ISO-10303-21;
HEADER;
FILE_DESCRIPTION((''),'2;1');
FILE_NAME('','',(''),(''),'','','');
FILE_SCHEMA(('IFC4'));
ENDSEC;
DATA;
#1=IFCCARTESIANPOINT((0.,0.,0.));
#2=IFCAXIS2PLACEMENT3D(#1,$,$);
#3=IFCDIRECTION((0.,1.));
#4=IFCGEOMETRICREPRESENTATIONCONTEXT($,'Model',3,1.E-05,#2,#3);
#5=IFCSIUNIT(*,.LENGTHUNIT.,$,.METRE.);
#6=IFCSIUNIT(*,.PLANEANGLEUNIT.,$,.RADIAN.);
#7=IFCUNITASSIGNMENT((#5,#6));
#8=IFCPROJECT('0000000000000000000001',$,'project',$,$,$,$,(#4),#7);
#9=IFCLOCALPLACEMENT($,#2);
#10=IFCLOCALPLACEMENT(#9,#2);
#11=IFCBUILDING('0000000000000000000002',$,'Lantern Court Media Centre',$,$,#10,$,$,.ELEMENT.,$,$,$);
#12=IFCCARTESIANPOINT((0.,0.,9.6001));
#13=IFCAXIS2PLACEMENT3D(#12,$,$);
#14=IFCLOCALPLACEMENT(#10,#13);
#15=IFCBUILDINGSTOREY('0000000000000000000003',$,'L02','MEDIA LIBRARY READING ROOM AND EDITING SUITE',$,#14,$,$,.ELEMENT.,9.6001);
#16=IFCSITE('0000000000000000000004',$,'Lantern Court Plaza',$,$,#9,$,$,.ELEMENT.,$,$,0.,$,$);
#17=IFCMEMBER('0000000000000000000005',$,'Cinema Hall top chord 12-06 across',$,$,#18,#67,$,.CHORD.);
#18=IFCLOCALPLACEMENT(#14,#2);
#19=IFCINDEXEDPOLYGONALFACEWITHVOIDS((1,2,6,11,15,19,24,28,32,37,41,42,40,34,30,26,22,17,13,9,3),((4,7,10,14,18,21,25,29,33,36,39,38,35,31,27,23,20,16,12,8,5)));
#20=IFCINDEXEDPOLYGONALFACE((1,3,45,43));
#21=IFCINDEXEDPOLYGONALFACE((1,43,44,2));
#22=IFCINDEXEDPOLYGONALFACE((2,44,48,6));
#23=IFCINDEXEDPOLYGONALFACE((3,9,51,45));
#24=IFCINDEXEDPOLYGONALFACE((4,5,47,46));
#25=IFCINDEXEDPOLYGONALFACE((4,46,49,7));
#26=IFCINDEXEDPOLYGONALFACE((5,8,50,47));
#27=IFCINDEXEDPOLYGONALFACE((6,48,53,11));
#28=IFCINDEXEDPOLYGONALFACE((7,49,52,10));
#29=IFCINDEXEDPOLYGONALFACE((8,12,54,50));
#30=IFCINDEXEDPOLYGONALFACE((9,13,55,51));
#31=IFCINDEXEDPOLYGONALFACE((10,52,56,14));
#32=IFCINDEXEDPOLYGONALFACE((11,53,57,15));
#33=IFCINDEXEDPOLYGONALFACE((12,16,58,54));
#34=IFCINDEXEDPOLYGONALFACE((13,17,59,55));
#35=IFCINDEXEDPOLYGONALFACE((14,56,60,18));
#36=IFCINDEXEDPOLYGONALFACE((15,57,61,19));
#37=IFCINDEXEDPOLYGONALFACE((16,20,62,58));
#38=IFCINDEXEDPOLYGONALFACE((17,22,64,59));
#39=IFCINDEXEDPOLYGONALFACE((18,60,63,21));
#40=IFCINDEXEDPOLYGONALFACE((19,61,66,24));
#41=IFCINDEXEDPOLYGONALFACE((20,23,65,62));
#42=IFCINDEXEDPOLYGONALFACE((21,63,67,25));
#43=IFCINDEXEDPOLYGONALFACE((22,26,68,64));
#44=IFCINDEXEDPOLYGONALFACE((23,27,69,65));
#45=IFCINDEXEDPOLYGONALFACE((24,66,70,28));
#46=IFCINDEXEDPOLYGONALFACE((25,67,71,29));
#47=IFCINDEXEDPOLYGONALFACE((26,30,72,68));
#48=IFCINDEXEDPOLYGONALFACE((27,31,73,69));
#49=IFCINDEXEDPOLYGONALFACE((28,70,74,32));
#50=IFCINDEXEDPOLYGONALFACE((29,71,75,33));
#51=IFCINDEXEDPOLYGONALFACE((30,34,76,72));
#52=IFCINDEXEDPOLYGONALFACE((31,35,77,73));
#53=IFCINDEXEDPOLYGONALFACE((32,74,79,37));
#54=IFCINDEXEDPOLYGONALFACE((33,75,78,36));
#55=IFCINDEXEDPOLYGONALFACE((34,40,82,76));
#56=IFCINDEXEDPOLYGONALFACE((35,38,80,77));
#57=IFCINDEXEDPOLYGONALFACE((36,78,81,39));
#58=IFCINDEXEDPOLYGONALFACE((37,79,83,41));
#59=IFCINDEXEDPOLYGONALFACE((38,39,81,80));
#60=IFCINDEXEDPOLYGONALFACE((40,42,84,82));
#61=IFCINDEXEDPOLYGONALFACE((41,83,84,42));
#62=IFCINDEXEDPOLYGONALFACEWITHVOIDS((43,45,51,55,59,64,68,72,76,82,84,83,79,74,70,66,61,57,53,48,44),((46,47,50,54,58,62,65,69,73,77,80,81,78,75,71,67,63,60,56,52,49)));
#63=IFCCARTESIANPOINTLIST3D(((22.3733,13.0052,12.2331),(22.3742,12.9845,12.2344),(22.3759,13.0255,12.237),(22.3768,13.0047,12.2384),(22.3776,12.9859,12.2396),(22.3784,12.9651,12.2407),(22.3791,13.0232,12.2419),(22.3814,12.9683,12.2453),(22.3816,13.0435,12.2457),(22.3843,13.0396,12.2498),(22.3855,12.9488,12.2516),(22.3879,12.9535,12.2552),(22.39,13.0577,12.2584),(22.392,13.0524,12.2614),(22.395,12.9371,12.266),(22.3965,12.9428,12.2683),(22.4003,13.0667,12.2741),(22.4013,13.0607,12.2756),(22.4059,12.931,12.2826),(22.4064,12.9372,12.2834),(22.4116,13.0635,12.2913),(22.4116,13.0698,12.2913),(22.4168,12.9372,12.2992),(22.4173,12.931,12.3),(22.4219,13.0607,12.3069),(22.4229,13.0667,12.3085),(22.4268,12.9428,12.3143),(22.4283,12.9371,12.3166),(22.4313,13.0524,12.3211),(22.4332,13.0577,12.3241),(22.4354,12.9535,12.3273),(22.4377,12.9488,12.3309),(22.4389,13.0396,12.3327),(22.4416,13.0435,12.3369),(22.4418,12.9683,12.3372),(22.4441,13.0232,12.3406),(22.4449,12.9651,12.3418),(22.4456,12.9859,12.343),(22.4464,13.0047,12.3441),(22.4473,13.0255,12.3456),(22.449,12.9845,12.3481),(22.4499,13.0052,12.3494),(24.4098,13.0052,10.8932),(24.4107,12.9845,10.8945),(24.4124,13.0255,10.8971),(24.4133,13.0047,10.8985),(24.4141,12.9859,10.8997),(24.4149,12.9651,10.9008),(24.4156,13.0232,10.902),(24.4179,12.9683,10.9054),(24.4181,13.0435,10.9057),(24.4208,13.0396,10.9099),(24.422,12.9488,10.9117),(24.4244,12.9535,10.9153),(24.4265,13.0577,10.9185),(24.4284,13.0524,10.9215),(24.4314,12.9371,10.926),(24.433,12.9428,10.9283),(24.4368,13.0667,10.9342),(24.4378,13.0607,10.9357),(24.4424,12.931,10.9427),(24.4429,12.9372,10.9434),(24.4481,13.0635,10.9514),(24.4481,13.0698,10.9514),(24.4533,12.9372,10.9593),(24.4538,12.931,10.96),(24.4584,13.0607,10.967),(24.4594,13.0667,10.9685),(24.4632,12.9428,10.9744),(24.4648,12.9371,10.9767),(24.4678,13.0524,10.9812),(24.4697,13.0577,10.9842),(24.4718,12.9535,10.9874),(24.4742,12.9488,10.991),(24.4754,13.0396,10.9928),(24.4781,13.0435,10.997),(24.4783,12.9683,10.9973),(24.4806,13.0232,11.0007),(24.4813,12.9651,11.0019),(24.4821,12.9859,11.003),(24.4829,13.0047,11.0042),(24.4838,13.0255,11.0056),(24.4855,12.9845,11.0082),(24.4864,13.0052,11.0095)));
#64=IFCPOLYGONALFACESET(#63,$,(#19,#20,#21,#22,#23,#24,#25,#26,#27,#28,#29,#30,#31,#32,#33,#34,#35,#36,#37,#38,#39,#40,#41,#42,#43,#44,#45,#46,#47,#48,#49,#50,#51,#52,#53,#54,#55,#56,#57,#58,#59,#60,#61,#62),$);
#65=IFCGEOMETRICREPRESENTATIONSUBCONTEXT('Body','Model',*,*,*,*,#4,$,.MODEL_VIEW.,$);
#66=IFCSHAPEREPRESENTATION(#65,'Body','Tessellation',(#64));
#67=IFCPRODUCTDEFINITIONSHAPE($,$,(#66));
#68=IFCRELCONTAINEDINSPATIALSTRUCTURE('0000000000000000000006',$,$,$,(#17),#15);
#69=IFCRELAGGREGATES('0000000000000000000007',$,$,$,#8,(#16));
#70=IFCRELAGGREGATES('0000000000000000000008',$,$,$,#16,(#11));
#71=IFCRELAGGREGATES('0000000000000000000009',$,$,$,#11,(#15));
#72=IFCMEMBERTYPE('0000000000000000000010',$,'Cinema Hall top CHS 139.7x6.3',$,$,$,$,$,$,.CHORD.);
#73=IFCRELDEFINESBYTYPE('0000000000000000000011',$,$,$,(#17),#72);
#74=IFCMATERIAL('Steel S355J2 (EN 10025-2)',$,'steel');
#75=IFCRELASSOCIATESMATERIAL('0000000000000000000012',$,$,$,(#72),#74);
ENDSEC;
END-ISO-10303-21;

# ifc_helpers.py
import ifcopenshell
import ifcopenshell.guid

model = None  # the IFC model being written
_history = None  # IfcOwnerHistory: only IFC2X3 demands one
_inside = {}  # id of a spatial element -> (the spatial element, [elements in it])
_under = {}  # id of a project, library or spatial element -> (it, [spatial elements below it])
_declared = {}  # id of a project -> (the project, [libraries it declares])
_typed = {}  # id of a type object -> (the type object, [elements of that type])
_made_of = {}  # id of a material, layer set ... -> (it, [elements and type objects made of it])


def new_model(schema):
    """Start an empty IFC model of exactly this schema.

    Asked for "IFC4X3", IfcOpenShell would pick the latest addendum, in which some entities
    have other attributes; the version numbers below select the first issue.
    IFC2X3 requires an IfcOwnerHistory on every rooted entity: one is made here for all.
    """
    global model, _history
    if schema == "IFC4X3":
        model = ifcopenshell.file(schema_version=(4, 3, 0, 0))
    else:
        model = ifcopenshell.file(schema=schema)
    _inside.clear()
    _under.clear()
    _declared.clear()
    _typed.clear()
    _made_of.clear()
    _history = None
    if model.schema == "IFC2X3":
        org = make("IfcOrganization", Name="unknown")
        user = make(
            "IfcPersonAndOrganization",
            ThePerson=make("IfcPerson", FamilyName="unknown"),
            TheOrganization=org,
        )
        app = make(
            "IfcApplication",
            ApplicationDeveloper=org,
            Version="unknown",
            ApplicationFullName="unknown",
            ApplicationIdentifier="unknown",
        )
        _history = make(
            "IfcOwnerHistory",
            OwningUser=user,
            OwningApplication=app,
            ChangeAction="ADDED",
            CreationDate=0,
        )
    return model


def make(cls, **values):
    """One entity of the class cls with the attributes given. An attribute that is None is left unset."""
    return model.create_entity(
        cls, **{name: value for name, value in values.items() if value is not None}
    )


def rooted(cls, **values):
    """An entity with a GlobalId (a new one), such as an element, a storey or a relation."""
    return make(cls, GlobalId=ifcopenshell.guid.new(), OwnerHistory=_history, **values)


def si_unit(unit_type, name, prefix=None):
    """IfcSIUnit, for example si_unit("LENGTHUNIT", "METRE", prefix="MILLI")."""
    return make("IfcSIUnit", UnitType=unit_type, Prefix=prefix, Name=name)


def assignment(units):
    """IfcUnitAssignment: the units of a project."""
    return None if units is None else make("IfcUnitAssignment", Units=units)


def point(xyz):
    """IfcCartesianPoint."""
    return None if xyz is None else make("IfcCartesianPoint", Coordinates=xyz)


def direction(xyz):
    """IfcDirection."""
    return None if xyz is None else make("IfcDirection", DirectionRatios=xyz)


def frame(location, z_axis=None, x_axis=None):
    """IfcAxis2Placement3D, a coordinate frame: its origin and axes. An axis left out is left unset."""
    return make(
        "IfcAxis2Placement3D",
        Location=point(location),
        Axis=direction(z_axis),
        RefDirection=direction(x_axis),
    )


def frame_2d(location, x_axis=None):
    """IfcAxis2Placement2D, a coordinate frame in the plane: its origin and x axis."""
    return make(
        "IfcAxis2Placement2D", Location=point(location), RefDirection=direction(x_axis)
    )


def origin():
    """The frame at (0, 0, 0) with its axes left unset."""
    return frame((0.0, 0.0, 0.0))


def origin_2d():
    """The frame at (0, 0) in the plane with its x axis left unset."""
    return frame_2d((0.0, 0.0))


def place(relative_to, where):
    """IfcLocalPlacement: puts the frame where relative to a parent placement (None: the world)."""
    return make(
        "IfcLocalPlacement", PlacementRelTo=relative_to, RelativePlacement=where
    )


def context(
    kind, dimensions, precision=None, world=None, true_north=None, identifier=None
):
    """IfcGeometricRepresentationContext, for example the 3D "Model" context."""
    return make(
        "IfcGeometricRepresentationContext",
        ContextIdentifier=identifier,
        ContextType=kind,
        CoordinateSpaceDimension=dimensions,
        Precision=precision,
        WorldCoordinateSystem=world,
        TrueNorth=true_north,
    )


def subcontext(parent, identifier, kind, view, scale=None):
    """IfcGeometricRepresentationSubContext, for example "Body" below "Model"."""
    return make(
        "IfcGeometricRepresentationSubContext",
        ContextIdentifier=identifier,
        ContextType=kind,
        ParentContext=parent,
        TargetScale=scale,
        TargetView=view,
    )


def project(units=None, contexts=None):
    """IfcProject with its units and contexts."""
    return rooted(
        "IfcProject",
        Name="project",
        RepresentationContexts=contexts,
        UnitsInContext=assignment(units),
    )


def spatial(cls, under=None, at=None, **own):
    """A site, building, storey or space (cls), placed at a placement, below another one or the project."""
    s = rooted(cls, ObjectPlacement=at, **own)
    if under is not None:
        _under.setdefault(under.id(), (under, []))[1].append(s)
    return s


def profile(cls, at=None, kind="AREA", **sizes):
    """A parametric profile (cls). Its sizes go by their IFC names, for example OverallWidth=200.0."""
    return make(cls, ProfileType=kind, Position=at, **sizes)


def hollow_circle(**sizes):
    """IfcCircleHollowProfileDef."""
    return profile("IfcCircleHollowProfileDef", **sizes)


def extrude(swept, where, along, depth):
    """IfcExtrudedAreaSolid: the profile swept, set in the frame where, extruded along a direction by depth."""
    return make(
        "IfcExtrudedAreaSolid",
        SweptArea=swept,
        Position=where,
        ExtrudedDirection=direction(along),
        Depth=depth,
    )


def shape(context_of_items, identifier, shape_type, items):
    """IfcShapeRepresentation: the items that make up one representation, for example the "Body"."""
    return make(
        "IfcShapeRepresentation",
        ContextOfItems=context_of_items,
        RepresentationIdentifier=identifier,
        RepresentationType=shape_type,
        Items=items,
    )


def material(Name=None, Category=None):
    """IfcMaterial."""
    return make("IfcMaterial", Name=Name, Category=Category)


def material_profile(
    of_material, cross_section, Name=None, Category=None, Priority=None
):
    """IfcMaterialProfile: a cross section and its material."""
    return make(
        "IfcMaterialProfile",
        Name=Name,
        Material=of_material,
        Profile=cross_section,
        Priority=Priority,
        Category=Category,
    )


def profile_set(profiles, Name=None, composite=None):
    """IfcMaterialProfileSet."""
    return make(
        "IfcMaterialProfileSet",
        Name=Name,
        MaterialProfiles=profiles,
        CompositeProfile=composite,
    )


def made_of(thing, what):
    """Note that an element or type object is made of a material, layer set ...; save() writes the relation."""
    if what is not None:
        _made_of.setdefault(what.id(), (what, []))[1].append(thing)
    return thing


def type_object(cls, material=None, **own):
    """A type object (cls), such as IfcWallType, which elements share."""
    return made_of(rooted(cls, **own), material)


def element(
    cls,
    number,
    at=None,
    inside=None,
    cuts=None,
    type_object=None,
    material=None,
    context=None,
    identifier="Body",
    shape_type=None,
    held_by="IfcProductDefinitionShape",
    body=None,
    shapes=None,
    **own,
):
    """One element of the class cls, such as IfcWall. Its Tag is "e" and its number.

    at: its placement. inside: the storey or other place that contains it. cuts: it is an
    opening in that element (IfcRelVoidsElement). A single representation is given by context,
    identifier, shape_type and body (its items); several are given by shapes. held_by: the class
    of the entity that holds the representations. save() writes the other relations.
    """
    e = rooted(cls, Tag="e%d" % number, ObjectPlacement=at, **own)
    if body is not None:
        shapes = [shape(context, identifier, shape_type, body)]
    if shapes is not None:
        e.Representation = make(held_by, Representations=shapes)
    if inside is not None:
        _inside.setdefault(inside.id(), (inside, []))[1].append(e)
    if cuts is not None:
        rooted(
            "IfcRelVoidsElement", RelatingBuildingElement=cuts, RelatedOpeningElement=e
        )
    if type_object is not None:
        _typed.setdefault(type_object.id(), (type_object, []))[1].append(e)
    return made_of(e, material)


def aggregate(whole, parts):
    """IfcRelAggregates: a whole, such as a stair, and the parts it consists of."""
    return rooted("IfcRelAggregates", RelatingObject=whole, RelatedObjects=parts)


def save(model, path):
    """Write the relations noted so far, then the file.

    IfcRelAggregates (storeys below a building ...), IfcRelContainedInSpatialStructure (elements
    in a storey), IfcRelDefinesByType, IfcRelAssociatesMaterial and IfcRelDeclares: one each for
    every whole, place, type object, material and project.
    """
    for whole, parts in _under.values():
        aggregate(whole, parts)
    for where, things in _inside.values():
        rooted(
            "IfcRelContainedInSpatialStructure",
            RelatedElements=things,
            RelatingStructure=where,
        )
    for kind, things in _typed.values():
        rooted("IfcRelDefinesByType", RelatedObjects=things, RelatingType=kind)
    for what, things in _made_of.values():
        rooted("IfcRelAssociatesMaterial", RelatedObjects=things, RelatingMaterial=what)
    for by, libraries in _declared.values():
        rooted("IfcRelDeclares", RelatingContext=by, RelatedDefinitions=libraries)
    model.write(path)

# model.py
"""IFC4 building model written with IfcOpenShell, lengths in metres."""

from ifc_helpers import new_model, si_unit, direction, frame, origin, origin_2d, place, context, subcontext, project, spatial, hollow_circle, extrude, material, material_profile, profile_set, type_object, element, save


model = new_model("IFC4")

# Units and contexts
model_context = context("Model", 3, precision=1e-05, world=origin(), true_north=direction((0.0, 1.0)))
body_context = subcontext(model_context, "Body", "Model", "MODEL_VIEW")
ifc_project = project(units=[si_unit("LENGTHUNIT", "METRE"), si_unit("PLANEANGLEUNIT", "RADIAN")], contexts=[model_context])

# Site, building, storey
site_placement = place(None, origin())
site = spatial("IfcSite", under=ifc_project, at=site_placement, Name="Lantern Court Plaza", CompositionType="ELEMENT", RefElevation=0.0)
building_placement = place(site_placement, origin())
building = spatial("IfcBuilding", under=site, at=building_placement, Name="Lantern Court Media Centre", CompositionType="ELEMENT")
storey_placement = place(building_placement, frame((0.0, 0.0, 9.6001)))
storey = spatial("IfcBuildingStorey", under=building, at=storey_placement, Name="L02", Description="MEDIA LIBRARY READING ROOM AND EDITING SUITE", CompositionType="ELEMENT", Elevation=9.6001)

# Member
ifc_material = material(Name="Steel S355J2 (EN 10025-2)", Category="steel")
ifc_material_profile_1 = material_profile(ifc_material, hollow_circle(Radius=0.0698, WallThickness=0.0063, at=origin_2d()), Name="Cinema Hall top CHS 139.7x6.3")
ifc_profile_set_1 = profile_set([ifc_material_profile_1], Name="Steel S355J2 (EN 10025-2)")
member_type_1 = type_object("IfcMemberType", Name="Cinema Hall top CHS 139.7x6.3", PredefinedType="CHORD", material=ifc_profile_set_1)
for number, where, z_axis, x_axis, name in (
    (1, (22.4116, 13.0, 12.2913), (0.835394, 0.0, -0.549651), (0.0, 1.0, 0.0), "Cinema Hall top chord 12-06 across"),
):
    element("IfcMember", number, at=place(storey_placement, frame(where, z_axis=z_axis, x_axis=x_axis)), inside=storey, type_object=member_type_1, Name=name, PredefinedType="CHORD", context=body_context, shape_type="SweptSolid", body=[
        extrude(hollow_circle(Radius=0.0698, WallThickness=0.0063, at=origin_2d()), origin(), (0.0, 0.0, 1.0), 2.4377),
    ])

save(model, "model.ifc")
